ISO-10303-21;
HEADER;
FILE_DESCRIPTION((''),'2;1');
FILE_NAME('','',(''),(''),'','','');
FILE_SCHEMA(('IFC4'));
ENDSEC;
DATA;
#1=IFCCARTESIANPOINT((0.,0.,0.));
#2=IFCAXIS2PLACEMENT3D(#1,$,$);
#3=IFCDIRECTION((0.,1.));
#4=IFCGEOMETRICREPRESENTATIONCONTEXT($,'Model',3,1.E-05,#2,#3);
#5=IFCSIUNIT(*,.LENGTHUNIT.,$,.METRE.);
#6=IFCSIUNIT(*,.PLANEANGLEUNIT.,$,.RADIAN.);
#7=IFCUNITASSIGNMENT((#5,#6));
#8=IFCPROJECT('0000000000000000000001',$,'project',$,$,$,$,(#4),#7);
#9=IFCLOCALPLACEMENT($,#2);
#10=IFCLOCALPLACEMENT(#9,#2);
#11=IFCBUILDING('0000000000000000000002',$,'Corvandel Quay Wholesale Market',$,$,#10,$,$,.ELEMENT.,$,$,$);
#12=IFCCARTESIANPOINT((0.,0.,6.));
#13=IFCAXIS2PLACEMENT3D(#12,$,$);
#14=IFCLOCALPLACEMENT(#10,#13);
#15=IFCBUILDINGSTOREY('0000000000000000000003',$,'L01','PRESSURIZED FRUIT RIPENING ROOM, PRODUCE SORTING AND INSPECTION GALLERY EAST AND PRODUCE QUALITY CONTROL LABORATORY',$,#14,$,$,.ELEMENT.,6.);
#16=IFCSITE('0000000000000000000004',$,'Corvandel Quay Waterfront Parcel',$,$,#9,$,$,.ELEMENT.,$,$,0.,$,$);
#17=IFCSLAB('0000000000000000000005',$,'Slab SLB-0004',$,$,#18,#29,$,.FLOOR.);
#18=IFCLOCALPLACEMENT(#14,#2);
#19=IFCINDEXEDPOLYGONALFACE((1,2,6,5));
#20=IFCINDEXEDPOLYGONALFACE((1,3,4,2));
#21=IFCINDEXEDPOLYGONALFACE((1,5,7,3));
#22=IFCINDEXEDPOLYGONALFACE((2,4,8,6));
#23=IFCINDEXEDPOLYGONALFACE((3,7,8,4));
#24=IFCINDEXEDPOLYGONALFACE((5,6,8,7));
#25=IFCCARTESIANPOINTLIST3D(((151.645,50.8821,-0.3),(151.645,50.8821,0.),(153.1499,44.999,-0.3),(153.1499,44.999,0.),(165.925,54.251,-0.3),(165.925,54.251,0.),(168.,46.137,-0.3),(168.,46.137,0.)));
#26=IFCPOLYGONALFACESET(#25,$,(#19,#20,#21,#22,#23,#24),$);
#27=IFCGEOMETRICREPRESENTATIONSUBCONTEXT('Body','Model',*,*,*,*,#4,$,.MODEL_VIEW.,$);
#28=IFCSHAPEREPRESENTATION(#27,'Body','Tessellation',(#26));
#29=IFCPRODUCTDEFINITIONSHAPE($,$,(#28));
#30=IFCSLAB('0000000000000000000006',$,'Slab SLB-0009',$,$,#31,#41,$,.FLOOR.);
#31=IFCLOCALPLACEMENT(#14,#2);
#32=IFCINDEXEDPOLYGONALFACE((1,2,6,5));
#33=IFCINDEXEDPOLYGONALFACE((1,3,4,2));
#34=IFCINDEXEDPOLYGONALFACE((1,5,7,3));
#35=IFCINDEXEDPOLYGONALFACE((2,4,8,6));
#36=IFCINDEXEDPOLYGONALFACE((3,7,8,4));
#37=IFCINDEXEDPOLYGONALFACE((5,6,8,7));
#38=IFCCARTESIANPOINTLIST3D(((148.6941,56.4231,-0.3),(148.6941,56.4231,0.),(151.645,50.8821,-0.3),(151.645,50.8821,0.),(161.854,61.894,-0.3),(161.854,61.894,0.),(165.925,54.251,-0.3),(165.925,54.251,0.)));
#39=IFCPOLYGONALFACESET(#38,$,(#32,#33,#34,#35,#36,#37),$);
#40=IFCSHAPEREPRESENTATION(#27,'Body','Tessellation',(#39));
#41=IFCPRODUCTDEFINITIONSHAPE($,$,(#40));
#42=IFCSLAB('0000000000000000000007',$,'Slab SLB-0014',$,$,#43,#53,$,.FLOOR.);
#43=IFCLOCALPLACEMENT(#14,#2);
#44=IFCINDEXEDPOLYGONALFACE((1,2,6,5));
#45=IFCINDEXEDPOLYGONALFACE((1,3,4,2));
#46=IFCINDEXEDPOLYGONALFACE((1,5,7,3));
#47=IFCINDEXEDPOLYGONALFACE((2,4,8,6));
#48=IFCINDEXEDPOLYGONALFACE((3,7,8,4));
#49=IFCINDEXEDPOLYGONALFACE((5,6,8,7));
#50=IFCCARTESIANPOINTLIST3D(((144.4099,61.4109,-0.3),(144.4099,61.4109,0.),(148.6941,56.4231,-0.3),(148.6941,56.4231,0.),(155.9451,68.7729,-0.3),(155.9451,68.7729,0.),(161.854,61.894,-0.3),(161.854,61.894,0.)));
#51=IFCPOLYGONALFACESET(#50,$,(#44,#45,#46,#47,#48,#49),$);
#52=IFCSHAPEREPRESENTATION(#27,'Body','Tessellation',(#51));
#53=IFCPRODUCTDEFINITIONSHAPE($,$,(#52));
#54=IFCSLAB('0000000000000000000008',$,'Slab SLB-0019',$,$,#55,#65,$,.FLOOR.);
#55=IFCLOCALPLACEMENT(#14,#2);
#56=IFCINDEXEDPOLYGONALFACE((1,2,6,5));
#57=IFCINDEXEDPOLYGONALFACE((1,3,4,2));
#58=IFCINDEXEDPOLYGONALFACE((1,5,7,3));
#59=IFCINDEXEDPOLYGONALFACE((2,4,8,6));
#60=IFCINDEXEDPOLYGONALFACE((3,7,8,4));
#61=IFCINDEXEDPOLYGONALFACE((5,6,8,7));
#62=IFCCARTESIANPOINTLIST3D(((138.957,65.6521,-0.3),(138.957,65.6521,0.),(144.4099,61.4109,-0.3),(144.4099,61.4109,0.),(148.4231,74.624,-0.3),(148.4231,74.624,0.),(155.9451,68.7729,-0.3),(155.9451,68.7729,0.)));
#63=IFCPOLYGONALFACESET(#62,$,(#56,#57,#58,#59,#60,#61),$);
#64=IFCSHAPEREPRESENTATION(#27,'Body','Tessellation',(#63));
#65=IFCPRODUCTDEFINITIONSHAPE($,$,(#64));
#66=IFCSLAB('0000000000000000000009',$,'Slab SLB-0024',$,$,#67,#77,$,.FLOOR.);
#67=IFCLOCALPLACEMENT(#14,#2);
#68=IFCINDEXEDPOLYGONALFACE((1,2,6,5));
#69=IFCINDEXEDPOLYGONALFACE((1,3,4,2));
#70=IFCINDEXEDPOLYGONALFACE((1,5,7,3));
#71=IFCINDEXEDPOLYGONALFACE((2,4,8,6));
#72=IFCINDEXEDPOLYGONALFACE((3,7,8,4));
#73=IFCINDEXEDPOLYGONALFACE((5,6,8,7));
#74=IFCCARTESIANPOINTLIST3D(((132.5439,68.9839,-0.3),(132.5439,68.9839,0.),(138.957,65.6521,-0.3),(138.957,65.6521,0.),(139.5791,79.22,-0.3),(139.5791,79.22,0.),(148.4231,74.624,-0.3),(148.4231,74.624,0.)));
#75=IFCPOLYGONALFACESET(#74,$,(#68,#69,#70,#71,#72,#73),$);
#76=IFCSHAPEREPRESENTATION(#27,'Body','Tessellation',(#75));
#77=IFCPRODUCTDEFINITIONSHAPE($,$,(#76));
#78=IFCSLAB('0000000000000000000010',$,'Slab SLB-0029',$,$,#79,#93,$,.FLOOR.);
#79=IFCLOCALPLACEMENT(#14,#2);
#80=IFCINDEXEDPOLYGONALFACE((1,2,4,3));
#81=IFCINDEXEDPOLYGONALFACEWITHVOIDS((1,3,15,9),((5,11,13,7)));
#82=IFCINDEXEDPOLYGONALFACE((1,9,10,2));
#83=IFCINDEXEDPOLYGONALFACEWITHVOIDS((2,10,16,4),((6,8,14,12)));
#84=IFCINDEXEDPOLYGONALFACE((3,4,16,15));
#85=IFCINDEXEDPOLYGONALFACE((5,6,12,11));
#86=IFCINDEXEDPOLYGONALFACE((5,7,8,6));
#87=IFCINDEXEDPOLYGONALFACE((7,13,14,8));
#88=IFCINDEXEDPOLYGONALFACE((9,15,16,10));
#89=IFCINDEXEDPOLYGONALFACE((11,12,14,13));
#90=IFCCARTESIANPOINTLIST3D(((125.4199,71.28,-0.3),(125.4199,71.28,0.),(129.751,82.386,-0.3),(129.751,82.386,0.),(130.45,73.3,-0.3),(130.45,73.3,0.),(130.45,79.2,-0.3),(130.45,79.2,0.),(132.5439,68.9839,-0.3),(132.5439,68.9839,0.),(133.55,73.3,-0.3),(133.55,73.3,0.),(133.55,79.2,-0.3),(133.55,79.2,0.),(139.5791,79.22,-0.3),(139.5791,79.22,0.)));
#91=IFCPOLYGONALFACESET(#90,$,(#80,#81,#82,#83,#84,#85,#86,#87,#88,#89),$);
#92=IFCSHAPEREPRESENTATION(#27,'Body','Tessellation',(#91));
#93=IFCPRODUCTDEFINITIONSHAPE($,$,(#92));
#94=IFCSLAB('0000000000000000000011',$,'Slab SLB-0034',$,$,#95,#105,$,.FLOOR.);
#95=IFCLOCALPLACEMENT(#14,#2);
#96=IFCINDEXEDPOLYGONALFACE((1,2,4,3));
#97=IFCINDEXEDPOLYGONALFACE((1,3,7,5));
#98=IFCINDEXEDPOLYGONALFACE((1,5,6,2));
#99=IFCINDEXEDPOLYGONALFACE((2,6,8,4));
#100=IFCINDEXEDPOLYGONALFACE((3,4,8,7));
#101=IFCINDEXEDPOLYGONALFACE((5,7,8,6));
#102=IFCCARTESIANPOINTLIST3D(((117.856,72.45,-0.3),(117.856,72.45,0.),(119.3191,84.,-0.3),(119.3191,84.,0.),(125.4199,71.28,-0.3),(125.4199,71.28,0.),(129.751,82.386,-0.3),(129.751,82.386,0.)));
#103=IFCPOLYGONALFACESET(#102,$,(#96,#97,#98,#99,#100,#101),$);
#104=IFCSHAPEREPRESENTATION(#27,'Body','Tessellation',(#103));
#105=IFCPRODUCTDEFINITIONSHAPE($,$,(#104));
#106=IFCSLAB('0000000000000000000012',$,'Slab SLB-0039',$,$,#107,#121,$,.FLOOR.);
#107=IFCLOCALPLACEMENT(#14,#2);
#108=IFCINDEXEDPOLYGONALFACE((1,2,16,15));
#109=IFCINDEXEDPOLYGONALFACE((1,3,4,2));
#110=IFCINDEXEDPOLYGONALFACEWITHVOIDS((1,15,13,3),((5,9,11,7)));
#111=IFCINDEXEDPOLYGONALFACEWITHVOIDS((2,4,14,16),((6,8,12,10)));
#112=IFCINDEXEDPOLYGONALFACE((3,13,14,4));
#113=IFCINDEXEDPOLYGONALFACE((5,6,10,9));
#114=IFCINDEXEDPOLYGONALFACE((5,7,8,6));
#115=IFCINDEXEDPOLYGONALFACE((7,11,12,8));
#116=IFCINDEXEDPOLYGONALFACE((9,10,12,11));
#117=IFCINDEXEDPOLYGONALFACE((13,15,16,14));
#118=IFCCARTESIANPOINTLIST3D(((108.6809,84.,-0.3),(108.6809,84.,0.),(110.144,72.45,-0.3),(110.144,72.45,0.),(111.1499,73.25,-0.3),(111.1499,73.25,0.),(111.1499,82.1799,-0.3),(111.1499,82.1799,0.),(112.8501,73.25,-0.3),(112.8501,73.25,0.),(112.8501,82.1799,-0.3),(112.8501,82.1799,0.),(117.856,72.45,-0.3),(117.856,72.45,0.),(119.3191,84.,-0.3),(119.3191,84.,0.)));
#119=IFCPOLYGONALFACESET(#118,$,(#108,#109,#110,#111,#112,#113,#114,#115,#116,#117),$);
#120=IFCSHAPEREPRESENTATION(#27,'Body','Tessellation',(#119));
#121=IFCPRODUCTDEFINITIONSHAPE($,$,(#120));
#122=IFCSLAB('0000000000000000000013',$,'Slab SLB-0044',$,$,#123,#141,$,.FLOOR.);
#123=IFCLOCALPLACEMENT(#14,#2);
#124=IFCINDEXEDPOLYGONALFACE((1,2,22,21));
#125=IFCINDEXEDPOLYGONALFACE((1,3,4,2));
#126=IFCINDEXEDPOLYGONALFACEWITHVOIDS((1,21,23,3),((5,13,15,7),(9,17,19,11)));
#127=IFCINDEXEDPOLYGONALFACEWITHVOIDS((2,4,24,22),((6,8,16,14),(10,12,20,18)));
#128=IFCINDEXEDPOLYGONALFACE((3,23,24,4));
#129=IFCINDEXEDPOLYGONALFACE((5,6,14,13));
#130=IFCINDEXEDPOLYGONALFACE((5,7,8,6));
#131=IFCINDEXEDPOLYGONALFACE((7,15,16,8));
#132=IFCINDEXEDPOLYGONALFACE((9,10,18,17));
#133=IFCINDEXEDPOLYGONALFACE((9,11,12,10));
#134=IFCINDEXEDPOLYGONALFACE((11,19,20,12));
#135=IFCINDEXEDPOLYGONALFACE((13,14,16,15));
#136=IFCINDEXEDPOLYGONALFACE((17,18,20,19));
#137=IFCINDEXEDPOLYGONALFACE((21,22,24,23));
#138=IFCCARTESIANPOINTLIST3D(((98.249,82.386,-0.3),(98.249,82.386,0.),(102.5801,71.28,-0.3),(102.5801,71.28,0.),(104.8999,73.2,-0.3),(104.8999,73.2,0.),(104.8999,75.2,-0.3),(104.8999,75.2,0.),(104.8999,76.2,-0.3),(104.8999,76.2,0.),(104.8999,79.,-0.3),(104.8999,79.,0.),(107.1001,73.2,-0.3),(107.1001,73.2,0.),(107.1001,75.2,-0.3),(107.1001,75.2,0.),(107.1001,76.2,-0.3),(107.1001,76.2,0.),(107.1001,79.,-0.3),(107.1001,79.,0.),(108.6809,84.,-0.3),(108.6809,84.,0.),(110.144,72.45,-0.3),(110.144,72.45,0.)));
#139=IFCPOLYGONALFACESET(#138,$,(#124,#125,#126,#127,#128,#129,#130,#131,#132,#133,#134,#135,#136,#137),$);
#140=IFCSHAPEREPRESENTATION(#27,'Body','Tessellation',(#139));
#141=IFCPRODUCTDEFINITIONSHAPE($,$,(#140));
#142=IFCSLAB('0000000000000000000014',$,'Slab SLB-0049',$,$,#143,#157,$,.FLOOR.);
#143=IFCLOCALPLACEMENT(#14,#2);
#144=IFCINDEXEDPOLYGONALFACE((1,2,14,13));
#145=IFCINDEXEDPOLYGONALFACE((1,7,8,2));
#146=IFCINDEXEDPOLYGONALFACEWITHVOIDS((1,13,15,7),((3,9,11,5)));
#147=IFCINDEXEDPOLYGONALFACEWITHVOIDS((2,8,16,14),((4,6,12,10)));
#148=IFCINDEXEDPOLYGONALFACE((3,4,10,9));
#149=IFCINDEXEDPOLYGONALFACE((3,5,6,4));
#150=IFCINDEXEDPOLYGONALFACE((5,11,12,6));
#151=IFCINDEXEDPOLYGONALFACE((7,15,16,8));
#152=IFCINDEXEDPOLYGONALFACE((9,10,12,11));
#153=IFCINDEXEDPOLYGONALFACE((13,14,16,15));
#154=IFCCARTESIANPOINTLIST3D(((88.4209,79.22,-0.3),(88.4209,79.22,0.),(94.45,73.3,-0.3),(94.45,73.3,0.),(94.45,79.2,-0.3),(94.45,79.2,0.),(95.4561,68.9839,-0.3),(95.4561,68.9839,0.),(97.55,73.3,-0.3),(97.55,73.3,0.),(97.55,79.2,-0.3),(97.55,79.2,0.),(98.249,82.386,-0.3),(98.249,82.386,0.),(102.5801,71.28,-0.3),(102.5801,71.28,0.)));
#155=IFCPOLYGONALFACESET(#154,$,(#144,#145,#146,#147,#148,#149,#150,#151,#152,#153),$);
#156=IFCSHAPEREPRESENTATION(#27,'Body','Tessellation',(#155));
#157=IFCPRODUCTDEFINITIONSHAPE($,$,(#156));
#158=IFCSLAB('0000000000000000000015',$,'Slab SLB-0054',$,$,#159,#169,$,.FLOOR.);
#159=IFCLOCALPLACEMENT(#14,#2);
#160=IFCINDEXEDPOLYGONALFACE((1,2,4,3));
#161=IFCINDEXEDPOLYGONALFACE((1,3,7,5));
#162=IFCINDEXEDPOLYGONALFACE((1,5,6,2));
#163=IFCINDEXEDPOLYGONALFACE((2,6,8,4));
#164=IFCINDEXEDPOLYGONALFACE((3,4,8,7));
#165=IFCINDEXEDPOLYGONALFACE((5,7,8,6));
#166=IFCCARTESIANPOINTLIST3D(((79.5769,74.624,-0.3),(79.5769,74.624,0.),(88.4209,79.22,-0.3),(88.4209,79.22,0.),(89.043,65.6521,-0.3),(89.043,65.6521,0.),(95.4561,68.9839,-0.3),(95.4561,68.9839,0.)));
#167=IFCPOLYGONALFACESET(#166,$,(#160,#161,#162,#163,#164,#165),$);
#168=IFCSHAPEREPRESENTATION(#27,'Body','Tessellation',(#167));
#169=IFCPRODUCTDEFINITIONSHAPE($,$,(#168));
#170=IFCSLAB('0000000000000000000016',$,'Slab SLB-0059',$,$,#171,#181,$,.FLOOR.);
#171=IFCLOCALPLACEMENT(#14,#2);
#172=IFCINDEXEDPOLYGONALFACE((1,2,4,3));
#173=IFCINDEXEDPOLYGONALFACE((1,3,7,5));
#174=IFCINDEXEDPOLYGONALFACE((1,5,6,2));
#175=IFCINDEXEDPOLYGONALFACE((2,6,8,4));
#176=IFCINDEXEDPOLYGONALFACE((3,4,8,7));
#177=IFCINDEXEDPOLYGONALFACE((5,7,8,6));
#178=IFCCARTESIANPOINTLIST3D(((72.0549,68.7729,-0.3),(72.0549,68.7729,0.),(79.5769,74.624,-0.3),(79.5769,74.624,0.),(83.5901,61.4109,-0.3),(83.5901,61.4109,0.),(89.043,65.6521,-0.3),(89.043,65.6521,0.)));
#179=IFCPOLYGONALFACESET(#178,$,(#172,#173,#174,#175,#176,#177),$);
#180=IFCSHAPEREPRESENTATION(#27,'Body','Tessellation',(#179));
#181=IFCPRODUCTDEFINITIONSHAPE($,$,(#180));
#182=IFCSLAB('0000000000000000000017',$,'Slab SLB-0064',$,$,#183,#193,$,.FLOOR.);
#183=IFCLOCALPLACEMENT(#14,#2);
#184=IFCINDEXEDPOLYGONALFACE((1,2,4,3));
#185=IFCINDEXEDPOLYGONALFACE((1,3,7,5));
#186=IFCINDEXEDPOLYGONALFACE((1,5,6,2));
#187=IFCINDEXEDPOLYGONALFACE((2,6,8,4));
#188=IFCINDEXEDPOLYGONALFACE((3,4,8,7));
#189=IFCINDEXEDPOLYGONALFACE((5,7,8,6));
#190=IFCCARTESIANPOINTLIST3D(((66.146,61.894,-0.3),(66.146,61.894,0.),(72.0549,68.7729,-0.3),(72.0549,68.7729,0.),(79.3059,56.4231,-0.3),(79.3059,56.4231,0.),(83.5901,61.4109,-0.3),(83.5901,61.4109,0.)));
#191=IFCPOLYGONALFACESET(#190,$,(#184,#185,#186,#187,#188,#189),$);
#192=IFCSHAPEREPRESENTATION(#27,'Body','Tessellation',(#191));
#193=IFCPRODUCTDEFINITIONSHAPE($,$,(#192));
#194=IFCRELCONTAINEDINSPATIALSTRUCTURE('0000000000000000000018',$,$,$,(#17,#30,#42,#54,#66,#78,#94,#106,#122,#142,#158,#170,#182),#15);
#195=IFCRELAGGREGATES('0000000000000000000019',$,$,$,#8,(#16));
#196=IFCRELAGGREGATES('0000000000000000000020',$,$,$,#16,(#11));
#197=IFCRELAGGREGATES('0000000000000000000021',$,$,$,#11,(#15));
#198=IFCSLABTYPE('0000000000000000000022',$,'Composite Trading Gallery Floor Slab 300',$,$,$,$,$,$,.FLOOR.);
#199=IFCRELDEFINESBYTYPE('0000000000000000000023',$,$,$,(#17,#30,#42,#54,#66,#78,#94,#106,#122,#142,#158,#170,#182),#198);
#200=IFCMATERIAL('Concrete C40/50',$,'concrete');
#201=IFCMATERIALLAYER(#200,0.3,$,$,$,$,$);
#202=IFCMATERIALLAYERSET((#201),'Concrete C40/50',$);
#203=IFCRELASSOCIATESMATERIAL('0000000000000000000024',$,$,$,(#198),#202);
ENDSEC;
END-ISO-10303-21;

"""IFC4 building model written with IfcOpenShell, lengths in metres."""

from ifc_helpers import new_model, si_unit, direction, frame, origin, place, context, subcontext, project, spatial, polyline, outline, extrude, material, layer, layer_set, type_object, element, save


model = new_model("IFC4")

# Units and contexts
model_context = context("Model", 3, precision=1e-05, world=origin(), true_north=direction((0.0, 1.0)))
body_context = subcontext(model_context, "Body", "Model", "MODEL_VIEW")
ifc_project = project(units=[si_unit("LENGTHUNIT", "METRE"), si_unit("PLANEANGLEUNIT", "RADIAN")], contexts=[model_context])

# Site, building, storey
site_placement = place(None, origin())
site = spatial("IfcSite", under=ifc_project, at=site_placement, Name="Corvandel Quay Waterfront Parcel", CompositionType="ELEMENT", RefElevation=0.0)
building_placement = place(site_placement, origin())
building = spatial("IfcBuilding", under=site, at=building_placement, Name="Corvandel Quay Wholesale Market", CompositionType="ELEMENT")
storey_placement = place(building_placement, frame((0.0, 0.0, 6.0)))
storey = spatial("IfcBuildingStorey", under=building, at=storey_placement, Name="L01", Description="PRESSURIZED FRUIT RIPENING ROOM, PRODUCE SORTING AND INSPECTION GALLERY EAST AND PRODUCE QUALITY CONTROL LABORATORY", CompositionType="ELEMENT", Elevation=6.0)

# Slabs
ifc_material = material(Name="Concrete C40/50", Category="concrete")
ifc_layer = layer(ifc_material, 0.3)
ifc_layer_set = layer_set([ifc_layer], Name="Concrete C40/50")
slab_type = type_object("IfcSlabType", Name="Composite Trading Gallery Floor Slab 300", PredefinedType="FLOOR", material=ifc_layer_set)
slab_1_placement = place(storey_placement, frame((0.0, 0.0, -0.3)))
element("IfcSlab", 1, at=slab_1_placement, inside=storey, type_object=slab_type, Name="Slab SLB-0004", PredefinedType="FLOOR", context=body_context, shape_type="SweptSolid", body=[
    extrude(outline(polyline([(153.1499, 44.999), (151.645, 50.8821), (165.925, 54.251), (168.0, 46.137), (153.1499, 44.999)])), origin(), (0.0, 0.0, 1.0), 0.3),
])
slab_2_placement = place(storey_placement, frame((0.0, 0.0, -0.3)))
element("IfcSlab", 2, at=slab_2_placement, inside=storey, type_object=slab_type, Name="Slab SLB-0009", PredefinedType="FLOOR", context=body_context, shape_type="SweptSolid", body=[
    extrude(outline(polyline([(151.645, 50.8821), (148.6941, 56.4231), (161.854, 61.894), (165.925, 54.251), (151.645, 50.8821)])), origin(), (0.0, 0.0, 1.0), 0.3),
])
slab_3_placement = place(storey_placement, frame((0.0, 0.0, -0.3)))
element("IfcSlab", 3, at=slab_3_placement, inside=storey, type_object=slab_type, Name="Slab SLB-0014", PredefinedType="FLOOR", context=body_context, shape_type="SweptSolid", body=[
    extrude(outline(polyline([(148.6941, 56.4231), (144.4099, 61.4109), (155.9451, 68.7729), (161.854, 61.894), (148.6941, 56.4231)])), origin(), (0.0, 0.0, 1.0), 0.3),
])
slab_4_placement = place(storey_placement, frame((0.0, 0.0, -0.3)))
element("IfcSlab", 4, at=slab_4_placement, inside=storey, type_object=slab_type, Name="Slab SLB-0019", PredefinedType="FLOOR", context=body_context, shape_type="SweptSolid", body=[
    extrude(outline(polyline([(144.4099, 61.4109), (138.957, 65.6521), (148.4231, 74.624), (155.9451, 68.7729), (144.4099, 61.4109)])), origin(), (0.0, 0.0, 1.0), 0.3),
])
slab_5_placement = place(storey_placement, frame((0.0, 0.0, -0.3)))
element("IfcSlab", 5, at=slab_5_placement, inside=storey, type_object=slab_type, Name="Slab SLB-0024", PredefinedType="FLOOR", context=body_context, shape_type="SweptSolid", body=[
    extrude(outline(polyline([(138.957, 65.6521), (132.5439, 68.9839), (139.5791, 79.22), (148.4231, 74.624), (138.957, 65.6521)])), origin(), (0.0, 0.0, 1.0), 0.3),
])
slab_6_placement = place(storey_placement, frame((0.0, 0.0, -0.3)))
element("IfcSlab", 6, at=slab_6_placement, inside=storey, type_object=slab_type, Name="Slab SLB-0029", PredefinedType="FLOOR", context=body_context, shape_type="SweptSolid", body=[
    extrude(outline(polyline([(132.5439, 68.9839), (125.4199, 71.28), (129.751, 82.386), (139.5791, 79.22), (132.5439, 68.9839)]), holes=[polyline([(133.55, 73.3), (133.55, 79.2), (130.45, 79.2), (130.45, 73.3), (133.55, 73.3)])]), origin(), (0.0, 0.0, 1.0), 0.3),
])
slab_7_placement = place(storey_placement, frame((0.0, 0.0, -0.3)))
element("IfcSlab", 7, at=slab_7_placement, inside=storey, type_object=slab_type, Name="Slab SLB-0034", PredefinedType="FLOOR", context=body_context, shape_type="SweptSolid", body=[
    extrude(outline(polyline([(125.4199, 71.28), (117.856, 72.45), (119.3191, 84.0), (129.751, 82.386), (125.4199, 71.28)])), origin(), (0.0, 0.0, 1.0), 0.3),
])
slab_8_placement = place(storey_placement, frame((0.0, 0.0, -0.3)))
element("IfcSlab", 8, at=slab_8_placement, inside=storey, type_object=slab_type, Name="Slab SLB-0039", PredefinedType="FLOOR", context=body_context, shape_type="SweptSolid", body=[
    extrude(outline(polyline([(117.856, 72.45), (110.144, 72.45), (108.6809, 84.0), (119.3191, 84.0), (117.856, 72.45)]), holes=[polyline([(112.8501, 73.25), (112.8501, 82.1799), (111.1499, 82.1799), (111.1499, 73.25), (112.8501, 73.25)])]), origin(), (0.0, 0.0, 1.0), 0.3),
])
slab_9_placement = place(storey_placement, frame((0.0, 0.0, -0.3)))
element("IfcSlab", 9, at=slab_9_placement, inside=storey, type_object=slab_type, Name="Slab SLB-0044", PredefinedType="FLOOR", context=body_context, shape_type="SweptSolid", body=[
    extrude(outline(polyline([(110.144, 72.45), (102.5801, 71.28), (98.249, 82.386), (108.6809, 84.0), (110.144, 72.45)]), holes=[polyline([(107.1001, 73.2), (107.1001, 75.2), (104.8999, 75.2), (104.8999, 73.2), (107.1001, 73.2)]), polyline([(107.1001, 76.2), (107.1001, 79.0), (104.8999, 79.0), (104.8999, 76.2), (107.1001, 76.2)])]), origin(), (0.0, 0.0, 1.0), 0.3),
])
slab_10_placement = place(storey_placement, frame((0.0, 0.0, -0.3)))
element("IfcSlab", 10, at=slab_10_placement, inside=storey, type_object=slab_type, Name="Slab SLB-0049", PredefinedType="FLOOR", context=body_context, shape_type="SweptSolid", body=[
    extrude(outline(polyline([(102.5801, 71.28), (95.4561, 68.9839), (88.4209, 79.22), (98.249, 82.386), (102.5801, 71.28)]), holes=[polyline([(97.55, 73.3), (97.55, 79.2), (94.45, 79.2), (94.45, 73.3), (97.55, 73.3)])]), origin(), (0.0, 0.0, 1.0), 0.3),
])
slab_11_placement = place(storey_placement, frame((0.0, 0.0, -0.3)))
element("IfcSlab", 11, at=slab_11_placement, inside=storey, type_object=slab_type, Name="Slab SLB-0054", PredefinedType="FLOOR", context=body_context, shape_type="SweptSolid", body=[
    extrude(outline(polyline([(95.4561, 68.9839), (89.043, 65.6521), (79.5769, 74.624), (88.4209, 79.22), (95.4561, 68.9839)])), origin(), (0.0, 0.0, 1.0), 0.3),
])
slab_12_placement = place(storey_placement, frame((0.0, 0.0, -0.3)))
element("IfcSlab", 12, at=slab_12_placement, inside=storey, type_object=slab_type, Name="Slab SLB-0059", PredefinedType="FLOOR", context=body_context, shape_type="SweptSolid", body=[
    extrude(outline(polyline([(89.043, 65.6521), (83.5901, 61.4109), (72.0549, 68.7729), (79.5769, 74.624), (89.043, 65.6521)])), origin(), (0.0, 0.0, 1.0), 0.3),
])
slab_13_placement = place(storey_placement, frame((0.0, 0.0, -0.3)))
element("IfcSlab", 13, at=slab_13_placement, inside=storey, type_object=slab_type, Name="Slab SLB-0064", PredefinedType="FLOOR", context=body_context, shape_type="SweptSolid", body=[
    extrude(outline(polyline([(83.5901, 61.4109), (79.3059, 56.4231), (66.146, 61.894), (72.0549, 68.7729), (83.5901, 61.4109)])), origin(), (0.0, 0.0, 1.0), 0.3),
])

save(model, "model.ifc")
